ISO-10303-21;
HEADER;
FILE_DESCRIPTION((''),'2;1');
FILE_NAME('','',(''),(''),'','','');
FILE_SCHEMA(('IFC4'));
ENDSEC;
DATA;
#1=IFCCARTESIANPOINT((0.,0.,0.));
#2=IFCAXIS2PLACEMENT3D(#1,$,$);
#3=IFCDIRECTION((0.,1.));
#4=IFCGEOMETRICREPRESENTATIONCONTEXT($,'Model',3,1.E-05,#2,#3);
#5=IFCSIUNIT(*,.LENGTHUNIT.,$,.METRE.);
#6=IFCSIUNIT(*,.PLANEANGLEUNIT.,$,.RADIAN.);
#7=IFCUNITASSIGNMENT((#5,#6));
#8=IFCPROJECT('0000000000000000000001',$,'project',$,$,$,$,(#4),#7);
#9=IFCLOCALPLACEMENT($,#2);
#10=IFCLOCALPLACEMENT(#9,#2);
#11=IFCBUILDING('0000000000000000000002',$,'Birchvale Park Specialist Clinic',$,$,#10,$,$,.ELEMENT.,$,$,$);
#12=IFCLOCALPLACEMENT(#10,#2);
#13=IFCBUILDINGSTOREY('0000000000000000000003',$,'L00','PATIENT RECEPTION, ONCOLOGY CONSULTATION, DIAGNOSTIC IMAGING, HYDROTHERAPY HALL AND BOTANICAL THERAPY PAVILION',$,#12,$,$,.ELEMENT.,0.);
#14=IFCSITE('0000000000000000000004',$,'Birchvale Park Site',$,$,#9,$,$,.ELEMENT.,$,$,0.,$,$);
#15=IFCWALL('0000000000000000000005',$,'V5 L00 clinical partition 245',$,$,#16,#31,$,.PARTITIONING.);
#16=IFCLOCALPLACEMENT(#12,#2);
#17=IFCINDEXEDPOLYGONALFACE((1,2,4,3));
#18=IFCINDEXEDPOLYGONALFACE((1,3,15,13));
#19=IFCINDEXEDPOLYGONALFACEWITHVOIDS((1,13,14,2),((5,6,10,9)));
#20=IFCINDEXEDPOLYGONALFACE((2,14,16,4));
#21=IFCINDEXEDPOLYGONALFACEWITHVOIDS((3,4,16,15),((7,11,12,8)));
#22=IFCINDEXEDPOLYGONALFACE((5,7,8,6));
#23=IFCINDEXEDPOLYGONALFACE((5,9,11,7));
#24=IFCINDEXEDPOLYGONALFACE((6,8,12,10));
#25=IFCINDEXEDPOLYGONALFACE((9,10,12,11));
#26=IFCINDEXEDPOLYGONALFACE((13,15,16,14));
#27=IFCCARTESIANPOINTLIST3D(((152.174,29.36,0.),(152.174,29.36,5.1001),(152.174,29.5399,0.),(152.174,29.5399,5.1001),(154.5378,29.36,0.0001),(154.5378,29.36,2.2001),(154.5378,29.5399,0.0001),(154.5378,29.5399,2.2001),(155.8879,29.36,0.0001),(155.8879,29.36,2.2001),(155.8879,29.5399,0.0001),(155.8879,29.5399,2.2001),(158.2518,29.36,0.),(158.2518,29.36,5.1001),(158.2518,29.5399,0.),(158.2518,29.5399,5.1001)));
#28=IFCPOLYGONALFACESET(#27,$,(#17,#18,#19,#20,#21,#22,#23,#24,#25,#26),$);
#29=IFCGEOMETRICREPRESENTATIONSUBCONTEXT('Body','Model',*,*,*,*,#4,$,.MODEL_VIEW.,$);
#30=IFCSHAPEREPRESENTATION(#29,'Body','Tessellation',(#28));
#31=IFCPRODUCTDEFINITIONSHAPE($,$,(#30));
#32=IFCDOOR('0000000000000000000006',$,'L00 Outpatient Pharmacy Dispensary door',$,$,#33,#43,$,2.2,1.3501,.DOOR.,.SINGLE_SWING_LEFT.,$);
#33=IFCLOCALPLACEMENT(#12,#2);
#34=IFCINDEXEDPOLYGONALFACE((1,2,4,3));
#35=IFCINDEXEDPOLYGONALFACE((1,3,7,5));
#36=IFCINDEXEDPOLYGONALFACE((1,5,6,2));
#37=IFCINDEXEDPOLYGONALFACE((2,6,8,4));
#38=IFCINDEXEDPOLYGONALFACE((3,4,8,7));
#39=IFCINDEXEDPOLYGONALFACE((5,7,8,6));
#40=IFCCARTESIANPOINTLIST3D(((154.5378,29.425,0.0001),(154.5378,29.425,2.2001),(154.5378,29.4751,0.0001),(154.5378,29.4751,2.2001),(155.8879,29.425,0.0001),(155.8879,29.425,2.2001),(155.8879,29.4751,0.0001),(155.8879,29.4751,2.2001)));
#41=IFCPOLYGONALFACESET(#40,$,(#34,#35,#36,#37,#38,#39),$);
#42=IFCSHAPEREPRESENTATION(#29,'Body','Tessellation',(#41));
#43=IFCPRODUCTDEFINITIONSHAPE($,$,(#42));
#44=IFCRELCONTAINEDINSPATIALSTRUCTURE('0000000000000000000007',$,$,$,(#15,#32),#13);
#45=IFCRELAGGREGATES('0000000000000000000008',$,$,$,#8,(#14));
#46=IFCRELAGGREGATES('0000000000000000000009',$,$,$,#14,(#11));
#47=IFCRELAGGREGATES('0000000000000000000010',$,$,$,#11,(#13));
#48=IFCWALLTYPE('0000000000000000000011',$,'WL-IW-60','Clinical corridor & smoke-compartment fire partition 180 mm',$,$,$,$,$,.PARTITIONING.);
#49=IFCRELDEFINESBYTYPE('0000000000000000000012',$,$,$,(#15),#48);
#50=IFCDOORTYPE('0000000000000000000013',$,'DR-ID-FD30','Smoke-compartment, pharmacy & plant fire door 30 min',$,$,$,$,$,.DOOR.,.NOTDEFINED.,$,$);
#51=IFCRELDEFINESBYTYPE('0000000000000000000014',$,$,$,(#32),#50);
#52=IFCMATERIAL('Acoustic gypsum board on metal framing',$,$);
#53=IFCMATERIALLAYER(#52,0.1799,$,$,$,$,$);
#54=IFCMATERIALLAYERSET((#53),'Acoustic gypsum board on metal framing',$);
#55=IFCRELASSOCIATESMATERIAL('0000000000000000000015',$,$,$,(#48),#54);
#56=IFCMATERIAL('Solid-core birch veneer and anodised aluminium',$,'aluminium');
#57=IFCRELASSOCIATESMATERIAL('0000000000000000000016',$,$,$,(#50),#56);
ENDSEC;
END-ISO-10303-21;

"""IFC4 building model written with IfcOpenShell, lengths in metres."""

from ifc_helpers import new_model, si_unit, direction, frame, frame_2d, origin, place, context, subcontext, project, spatial, rectangle, extrude, material, layer, layer_set, type_object, element, fill, save


model = new_model("IFC4")

# Units and contexts
model_context = context("Model", 3, precision=1e-05, world=origin(), true_north=direction((0.0, 1.0)))
body_context = subcontext(model_context, "Body", "Model", "MODEL_VIEW")
ifc_project = project(units=[si_unit("LENGTHUNIT", "METRE"), si_unit("PLANEANGLEUNIT", "RADIAN")], contexts=[model_context])

# Site, building, storey
site_placement = place(None, origin())
site = spatial("IfcSite", under=ifc_project, at=site_placement, Name="Birchvale Park Site", CompositionType="ELEMENT", RefElevation=0.0)
building_placement = place(site_placement, origin())
building = spatial("IfcBuilding", under=site, at=building_placement, Name="Birchvale Park Specialist Clinic", CompositionType="ELEMENT")
storey_placement = place(building_placement, origin())
storey = spatial("IfcBuildingStorey", under=building, at=storey_placement, Name="L00", Description="PATIENT RECEPTION, ONCOLOGY CONSULTATION, DIAGNOSTIC IMAGING, HYDROTHERAPY HALL AND BOTANICAL THERAPY PAVILION", CompositionType="ELEMENT", Elevation=0.0)

# Shared definitions
ifc_material_1 = material(Name="Acoustic gypsum board on metal framing")

# Wall, opening, door
ifc_layer_1 = layer(ifc_material_1, 0.1799)
ifc_layer_set_1 = layer_set([ifc_layer_1], Name="Acoustic gypsum board on metal framing")
wall_type_1 = type_object("IfcWallType", Name="WL-IW-60", Description="Clinical corridor & smoke-compartment fire partition 180 mm", PredefinedType="PARTITIONING", material=ifc_layer_set_1)
ifc_material_2 = material(Name="Solid-core birch veneer and anodised aluminium", Category="aluminium")
door_type_1 = type_object("IfcDoorType", Name="DR-ID-FD30", Description="Smoke-compartment, pharmacy & plant fire door 30 min", OperationType="NOTDEFINED", PredefinedType="DOOR", material=ifc_material_2)
wall_1_placement = place(storey_placement, frame((158.252, 29.45, 0.0), z_axis=(0.0, 0.0, 1.0), x_axis=(-1.0, 0.0, 0.0)))
wall_1 = element("IfcWall", 1, at=wall_1_placement, inside=storey, type_object=wall_type_1, Name="V5 L00 clinical partition 245", PredefinedType="PARTITIONING", context=body_context, shape_type="SweptSolid", body=[
    extrude(rectangle(XDim=6.0779, YDim=0.1799, at=frame_2d((3.0391, 0.0))), origin(), (0.0, 0.0, 1.0), 5.1001),
])
opening_1_placement = place(wall_1_placement, frame((2.364, 0.0, 0.0)))
opening_1 = element("IfcOpeningElement", 2, at=opening_1_placement, cuts=wall_1, PredefinedType="OPENING", context=body_context, shape_type="SweptSolid", body=[
    extrude(rectangle(XDim=1.3501, YDim=2.2, at=frame_2d((0.675, 1.1001))), frame((0.0, 0.1001, 0.0), z_axis=(0.0, -1.0, 0.0), x_axis=(1.0, 0.0, 0.0)), (0.0, 0.0, 1.0), 0.2),
])
door_1_placement = place(opening_1_placement, origin())
door_1 = element("IfcDoor", 3, at=door_1_placement, inside=storey, type_object=door_type_1, Name="L00 Outpatient Pharmacy Dispensary door", OperationType="SINGLE_SWING_LEFT", OverallHeight=2.2, OverallWidth=1.3501, PredefinedType="DOOR", context=body_context, shape_type="SweptSolid", body=[
    extrude(rectangle(XDim=1.3501, YDim=2.2, at=frame_2d((0.675, 1.1001))), frame((0.0, 0.0249, 0.0), z_axis=(0.0, -1.0, 0.0), x_axis=(1.0, 0.0, 0.0)), (0.0, 0.0, 1.0), 0.05),
])
fill(opening_1, door_1)

save(model, "model.ifc")
